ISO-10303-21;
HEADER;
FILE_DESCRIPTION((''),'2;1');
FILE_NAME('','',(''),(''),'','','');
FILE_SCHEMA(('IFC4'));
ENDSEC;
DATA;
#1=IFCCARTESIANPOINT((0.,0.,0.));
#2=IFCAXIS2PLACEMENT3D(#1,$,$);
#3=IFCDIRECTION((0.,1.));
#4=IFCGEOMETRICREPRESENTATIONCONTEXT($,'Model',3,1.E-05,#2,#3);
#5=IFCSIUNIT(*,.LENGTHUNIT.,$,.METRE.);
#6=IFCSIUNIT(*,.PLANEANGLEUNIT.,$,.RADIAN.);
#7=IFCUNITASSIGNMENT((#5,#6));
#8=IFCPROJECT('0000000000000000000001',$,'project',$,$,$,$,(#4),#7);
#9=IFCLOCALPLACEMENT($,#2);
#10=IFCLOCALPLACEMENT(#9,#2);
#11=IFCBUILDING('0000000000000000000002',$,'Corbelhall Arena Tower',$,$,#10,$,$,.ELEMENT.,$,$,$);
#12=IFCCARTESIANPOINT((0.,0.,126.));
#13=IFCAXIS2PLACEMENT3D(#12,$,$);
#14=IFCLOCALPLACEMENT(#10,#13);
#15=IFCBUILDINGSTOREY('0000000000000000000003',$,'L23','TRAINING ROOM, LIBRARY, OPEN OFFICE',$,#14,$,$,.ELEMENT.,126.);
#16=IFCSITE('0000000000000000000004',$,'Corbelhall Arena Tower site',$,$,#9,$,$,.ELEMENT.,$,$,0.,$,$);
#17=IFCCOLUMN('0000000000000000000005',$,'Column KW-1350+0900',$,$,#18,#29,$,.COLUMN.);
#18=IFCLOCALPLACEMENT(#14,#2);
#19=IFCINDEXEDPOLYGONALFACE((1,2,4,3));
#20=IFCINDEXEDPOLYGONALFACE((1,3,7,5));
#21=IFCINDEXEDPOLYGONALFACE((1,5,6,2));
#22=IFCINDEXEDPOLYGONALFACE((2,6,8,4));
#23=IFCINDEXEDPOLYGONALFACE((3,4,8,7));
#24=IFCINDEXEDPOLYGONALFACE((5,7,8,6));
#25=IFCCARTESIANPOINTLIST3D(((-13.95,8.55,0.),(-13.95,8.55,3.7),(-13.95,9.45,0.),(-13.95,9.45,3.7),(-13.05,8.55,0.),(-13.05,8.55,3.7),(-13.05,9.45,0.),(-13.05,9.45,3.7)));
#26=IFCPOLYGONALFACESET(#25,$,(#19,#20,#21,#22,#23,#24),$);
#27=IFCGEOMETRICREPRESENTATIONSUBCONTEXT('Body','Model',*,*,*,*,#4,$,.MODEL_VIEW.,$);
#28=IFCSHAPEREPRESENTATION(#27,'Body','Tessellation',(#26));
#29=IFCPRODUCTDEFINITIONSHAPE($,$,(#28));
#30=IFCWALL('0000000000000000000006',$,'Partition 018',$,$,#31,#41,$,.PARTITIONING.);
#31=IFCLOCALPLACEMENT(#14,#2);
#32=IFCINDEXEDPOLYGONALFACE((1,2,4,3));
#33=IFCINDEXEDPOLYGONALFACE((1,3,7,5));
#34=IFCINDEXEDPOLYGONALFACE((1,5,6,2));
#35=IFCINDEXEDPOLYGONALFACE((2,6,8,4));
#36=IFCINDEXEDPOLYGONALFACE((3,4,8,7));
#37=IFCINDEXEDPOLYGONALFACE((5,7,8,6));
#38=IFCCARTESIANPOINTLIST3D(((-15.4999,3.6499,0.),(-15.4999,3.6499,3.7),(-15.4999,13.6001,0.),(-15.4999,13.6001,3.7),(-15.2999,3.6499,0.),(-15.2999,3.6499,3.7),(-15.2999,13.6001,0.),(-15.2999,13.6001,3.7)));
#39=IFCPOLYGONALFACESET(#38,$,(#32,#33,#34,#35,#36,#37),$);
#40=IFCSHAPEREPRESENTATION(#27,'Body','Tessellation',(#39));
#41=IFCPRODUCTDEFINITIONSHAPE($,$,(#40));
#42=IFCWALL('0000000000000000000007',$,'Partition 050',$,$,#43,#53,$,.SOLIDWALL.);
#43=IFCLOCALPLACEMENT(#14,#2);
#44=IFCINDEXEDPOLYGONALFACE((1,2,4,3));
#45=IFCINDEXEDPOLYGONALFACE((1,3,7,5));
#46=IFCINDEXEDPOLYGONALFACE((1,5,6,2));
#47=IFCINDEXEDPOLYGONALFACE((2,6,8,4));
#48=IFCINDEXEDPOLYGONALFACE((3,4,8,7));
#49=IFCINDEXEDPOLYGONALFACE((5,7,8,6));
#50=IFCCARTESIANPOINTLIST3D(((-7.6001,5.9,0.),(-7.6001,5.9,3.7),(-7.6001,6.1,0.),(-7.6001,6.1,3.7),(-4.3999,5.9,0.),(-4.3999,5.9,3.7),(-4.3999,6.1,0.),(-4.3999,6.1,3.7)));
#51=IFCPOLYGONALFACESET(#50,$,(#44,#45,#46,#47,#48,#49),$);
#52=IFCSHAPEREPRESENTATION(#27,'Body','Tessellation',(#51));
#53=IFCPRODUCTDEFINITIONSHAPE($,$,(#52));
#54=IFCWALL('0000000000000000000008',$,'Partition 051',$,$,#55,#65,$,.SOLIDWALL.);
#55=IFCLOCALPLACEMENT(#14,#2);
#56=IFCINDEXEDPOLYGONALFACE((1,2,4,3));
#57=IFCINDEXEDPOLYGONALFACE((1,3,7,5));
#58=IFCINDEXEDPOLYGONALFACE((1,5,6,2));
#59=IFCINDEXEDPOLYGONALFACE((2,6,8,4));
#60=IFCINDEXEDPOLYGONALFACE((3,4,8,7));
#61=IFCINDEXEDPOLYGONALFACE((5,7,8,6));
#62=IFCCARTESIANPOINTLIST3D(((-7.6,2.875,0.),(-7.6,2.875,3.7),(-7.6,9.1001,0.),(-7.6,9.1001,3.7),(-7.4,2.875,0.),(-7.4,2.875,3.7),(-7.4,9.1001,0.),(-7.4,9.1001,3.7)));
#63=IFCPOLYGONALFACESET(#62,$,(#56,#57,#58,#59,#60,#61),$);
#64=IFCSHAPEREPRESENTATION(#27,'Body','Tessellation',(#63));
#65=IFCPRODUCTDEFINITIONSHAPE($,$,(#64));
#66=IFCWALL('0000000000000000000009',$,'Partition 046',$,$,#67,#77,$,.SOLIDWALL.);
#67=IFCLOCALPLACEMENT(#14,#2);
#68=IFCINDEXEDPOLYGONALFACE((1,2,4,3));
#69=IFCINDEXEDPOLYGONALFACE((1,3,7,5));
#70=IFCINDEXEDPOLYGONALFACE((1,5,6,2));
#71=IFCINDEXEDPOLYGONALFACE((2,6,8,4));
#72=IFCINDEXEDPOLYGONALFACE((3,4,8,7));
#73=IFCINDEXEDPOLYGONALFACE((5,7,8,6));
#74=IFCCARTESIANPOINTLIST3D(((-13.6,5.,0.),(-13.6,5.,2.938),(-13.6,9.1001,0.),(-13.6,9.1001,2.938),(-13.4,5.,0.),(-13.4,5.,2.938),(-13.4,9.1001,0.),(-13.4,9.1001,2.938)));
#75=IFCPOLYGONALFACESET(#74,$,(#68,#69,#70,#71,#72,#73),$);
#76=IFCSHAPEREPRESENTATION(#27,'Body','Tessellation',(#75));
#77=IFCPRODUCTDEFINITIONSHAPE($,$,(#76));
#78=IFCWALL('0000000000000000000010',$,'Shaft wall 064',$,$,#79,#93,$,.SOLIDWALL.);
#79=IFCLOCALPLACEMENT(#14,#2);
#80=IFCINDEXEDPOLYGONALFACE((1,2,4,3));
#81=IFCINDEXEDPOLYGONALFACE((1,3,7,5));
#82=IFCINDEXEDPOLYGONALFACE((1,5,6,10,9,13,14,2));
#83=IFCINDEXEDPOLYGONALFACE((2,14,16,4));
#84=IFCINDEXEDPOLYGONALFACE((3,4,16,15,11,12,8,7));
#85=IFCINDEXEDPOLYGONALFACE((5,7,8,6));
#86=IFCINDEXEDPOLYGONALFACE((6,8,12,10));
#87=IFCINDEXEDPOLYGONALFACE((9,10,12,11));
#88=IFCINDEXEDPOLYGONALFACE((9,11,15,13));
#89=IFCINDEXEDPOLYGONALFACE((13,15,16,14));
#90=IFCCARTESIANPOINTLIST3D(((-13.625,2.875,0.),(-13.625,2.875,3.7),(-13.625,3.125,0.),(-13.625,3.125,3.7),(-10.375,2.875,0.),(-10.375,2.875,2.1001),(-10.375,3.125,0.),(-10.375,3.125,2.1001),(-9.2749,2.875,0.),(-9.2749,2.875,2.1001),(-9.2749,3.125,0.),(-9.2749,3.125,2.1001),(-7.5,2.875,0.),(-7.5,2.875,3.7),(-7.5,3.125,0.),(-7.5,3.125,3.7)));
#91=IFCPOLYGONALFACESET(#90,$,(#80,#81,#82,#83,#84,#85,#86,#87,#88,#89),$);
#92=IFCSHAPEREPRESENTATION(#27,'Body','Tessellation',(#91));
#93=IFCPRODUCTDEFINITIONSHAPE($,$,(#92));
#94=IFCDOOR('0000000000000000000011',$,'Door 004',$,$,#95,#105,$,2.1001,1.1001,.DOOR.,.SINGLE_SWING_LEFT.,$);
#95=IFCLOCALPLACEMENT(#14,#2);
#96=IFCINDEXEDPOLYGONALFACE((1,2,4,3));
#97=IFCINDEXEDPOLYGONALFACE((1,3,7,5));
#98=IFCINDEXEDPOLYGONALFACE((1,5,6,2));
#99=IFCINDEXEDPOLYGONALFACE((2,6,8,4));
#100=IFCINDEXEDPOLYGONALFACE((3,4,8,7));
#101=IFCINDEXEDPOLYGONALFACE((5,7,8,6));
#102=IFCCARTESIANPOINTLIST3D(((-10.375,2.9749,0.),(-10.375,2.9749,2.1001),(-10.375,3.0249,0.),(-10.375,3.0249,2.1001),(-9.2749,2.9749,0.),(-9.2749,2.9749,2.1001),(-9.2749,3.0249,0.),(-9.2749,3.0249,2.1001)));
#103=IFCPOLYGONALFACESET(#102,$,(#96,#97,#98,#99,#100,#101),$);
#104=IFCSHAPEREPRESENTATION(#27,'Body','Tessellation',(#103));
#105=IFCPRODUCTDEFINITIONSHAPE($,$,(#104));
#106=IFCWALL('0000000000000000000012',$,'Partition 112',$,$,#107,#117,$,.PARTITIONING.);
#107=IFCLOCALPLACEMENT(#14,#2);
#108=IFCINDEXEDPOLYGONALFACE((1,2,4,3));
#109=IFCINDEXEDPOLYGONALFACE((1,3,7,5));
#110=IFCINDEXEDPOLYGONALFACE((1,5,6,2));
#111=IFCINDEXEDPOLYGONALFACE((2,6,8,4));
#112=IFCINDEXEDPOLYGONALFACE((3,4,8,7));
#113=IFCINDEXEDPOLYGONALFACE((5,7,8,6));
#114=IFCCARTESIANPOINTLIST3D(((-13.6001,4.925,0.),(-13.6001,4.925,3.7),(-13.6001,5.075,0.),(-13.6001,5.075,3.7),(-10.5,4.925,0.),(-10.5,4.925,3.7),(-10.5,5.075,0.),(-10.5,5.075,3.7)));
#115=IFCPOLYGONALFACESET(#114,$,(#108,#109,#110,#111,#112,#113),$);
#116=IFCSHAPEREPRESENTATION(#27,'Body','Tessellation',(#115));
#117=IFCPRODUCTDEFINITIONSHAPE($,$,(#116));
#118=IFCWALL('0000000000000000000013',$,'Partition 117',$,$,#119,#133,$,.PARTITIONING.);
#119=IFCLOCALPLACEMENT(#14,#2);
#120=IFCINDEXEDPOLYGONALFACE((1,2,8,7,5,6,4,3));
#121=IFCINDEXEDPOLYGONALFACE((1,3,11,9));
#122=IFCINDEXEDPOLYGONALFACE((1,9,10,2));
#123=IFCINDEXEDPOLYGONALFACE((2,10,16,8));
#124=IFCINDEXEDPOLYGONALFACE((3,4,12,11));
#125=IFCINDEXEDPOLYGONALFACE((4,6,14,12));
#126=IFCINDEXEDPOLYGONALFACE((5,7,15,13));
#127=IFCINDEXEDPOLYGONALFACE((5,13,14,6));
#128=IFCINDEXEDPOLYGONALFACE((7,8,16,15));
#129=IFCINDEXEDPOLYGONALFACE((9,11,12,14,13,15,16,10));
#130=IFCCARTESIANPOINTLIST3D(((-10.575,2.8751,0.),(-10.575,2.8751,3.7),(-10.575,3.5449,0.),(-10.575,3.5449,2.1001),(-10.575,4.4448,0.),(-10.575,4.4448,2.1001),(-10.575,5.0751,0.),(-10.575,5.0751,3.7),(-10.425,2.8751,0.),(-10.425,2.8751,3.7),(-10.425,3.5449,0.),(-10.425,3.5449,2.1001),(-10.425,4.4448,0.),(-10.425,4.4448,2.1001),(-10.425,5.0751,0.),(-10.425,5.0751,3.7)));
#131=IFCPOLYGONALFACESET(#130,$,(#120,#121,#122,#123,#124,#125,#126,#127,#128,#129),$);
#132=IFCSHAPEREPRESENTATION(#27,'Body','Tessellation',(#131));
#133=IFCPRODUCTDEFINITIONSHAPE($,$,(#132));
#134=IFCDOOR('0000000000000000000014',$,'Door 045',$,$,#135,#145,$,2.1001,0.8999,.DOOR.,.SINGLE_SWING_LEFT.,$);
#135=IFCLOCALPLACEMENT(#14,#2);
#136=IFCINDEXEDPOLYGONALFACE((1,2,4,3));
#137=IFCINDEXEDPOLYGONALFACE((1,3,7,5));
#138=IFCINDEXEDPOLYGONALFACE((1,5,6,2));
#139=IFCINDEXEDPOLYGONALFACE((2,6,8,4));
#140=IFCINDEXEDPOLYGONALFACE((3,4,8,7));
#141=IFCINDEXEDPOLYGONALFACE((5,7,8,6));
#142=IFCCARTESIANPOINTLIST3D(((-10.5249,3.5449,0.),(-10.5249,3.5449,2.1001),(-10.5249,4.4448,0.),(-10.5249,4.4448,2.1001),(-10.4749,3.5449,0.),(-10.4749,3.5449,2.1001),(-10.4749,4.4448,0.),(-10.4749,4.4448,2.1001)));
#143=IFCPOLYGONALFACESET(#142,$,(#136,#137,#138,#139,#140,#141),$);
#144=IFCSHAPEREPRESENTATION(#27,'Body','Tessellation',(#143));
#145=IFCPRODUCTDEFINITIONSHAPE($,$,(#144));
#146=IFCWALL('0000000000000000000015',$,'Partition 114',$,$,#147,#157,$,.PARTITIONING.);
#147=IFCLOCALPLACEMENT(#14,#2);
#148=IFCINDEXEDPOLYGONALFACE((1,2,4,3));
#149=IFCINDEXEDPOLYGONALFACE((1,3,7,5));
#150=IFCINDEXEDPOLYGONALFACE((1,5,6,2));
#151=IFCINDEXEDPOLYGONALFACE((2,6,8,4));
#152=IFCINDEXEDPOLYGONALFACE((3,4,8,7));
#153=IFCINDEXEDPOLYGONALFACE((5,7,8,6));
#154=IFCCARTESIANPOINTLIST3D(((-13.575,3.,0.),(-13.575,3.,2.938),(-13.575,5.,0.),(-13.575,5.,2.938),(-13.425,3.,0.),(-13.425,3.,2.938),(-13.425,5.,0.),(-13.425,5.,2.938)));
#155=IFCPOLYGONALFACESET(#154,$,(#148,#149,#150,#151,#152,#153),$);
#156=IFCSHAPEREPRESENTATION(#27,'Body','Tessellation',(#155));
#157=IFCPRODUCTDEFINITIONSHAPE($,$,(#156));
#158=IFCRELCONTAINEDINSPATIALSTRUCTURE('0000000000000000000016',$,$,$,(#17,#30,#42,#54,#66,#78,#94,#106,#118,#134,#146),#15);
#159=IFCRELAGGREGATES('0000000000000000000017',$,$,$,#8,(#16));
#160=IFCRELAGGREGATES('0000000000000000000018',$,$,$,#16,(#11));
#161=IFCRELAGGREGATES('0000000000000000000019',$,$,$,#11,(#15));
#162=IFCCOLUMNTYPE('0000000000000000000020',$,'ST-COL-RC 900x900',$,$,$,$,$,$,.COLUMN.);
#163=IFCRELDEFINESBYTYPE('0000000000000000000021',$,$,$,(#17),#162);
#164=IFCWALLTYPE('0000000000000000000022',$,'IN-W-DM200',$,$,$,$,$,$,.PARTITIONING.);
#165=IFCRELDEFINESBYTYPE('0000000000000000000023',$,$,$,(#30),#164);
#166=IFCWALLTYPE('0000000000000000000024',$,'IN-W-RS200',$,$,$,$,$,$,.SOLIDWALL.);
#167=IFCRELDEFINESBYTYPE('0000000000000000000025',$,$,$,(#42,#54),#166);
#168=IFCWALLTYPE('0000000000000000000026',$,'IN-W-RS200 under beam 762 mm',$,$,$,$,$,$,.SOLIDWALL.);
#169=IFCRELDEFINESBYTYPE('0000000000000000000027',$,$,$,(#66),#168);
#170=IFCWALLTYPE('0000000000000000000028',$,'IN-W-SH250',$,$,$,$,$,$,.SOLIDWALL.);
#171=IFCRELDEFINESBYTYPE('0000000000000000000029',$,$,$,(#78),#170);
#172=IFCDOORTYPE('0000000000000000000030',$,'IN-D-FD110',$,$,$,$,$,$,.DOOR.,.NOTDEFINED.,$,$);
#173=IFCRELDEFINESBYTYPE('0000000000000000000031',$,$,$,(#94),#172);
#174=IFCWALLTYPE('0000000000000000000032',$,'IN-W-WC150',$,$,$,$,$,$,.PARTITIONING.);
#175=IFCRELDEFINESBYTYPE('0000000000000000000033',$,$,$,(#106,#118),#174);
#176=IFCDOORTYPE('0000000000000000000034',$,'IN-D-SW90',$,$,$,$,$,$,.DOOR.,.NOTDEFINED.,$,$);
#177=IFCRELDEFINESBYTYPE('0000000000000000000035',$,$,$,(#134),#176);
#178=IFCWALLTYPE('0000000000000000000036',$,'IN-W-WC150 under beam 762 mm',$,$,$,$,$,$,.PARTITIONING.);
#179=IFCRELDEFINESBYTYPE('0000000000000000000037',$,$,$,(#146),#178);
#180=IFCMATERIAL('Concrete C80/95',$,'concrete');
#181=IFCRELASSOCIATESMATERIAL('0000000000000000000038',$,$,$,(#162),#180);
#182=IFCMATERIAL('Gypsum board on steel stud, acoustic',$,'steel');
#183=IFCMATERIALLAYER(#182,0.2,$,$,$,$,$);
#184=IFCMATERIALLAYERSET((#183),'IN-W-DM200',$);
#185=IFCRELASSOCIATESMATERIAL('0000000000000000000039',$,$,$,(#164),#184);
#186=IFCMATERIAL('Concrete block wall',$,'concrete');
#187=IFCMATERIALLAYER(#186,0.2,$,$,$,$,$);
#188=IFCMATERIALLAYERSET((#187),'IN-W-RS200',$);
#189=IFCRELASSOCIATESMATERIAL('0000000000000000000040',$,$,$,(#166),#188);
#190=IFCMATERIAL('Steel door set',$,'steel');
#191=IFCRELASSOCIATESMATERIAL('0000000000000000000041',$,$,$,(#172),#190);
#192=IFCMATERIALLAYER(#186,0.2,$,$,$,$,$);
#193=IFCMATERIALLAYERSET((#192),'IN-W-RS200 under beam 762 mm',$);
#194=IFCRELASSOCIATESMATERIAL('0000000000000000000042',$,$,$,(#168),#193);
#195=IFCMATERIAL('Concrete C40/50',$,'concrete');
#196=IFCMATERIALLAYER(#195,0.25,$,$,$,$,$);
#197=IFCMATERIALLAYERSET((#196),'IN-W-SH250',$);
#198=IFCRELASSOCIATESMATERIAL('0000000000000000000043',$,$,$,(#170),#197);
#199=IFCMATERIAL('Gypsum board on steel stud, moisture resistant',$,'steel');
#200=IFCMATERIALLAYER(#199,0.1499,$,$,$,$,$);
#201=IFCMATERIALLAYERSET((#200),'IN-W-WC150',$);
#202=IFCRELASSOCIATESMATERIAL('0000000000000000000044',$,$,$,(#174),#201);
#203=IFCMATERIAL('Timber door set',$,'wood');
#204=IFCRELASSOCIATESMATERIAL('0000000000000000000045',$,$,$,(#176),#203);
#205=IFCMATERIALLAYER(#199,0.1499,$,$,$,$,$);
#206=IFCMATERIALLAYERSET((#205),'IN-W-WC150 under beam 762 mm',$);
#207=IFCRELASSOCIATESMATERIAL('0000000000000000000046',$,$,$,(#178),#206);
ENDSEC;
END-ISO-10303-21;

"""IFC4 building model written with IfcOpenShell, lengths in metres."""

from ifc_helpers import new_model, si_unit, direction, frame, frame_2d, origin, origin_2d, place, context, subcontext, project, spatial, rectangle, extrude, material, layer, layer_set, material_profile, profile_set, type_object, element, fill, save


model = new_model("IFC4")

# Units and contexts
model_context = context("Model", 3, precision=1e-05, world=origin(), true_north=direction((0.0, 1.0)))
body_context = subcontext(model_context, "Body", "Model", "MODEL_VIEW")
ifc_project = project(units=[si_unit("LENGTHUNIT", "METRE"), si_unit("PLANEANGLEUNIT", "RADIAN")], contexts=[model_context])

# Site, building, storey
site_placement = place(None, origin())
site = spatial("IfcSite", under=ifc_project, at=site_placement, Name="Corbelhall Arena Tower site", CompositionType="ELEMENT", RefElevation=0.0)
building_placement = place(site_placement, origin())
building = spatial("IfcBuilding", under=site, at=building_placement, Name="Corbelhall Arena Tower", CompositionType="ELEMENT")
storey_placement = place(building_placement, frame((0.0, 0.0, 126.0)))
storey = spatial("IfcBuildingStorey", under=building, at=storey_placement, Name="L23", Description="TRAINING ROOM, LIBRARY, OPEN OFFICE", CompositionType="ELEMENT", Elevation=126.0)

# Column
ifc_material_1 = material(Name="Concrete C80/95", Category="concrete")
ifc_material_profile = material_profile(ifc_material_1, rectangle(XDim=0.8999, YDim=0.8999, at=origin_2d()))
ifc_profile_set = profile_set([ifc_material_profile], Name="Concrete C80/95")
column_type = type_object("IfcColumnType", Name="ST-COL-RC 900x900", PredefinedType="COLUMN", material=ifc_profile_set)
column_placement = place(storey_placement, frame((-13.5, 9.0, 0.0), z_axis=(0.0, 0.0, 1.0), x_axis=(1.0, 0.0, 0.0)))
element("IfcColumn", 1, at=column_placement, inside=storey, type_object=column_type, Name="Column KW-1350+0900", PredefinedType="COLUMN", context=body_context, shape_type="SweptSolid", body=[
    extrude(rectangle(XDim=0.8999, YDim=0.8999, at=origin_2d()), origin(), (0.0, 0.0, 1.0), 3.7),
])

# Shared definitions
ifc_material_2 = material(Name="Gypsum board on steel stud, acoustic", Category="steel")
ifc_layer_1 = layer(ifc_material_2, 0.2)
ifc_layer_set_1 = layer_set([ifc_layer_1], Name="IN-W-DM200")
wall_type_1 = type_object("IfcWallType", Name="IN-W-DM200", PredefinedType="PARTITIONING", material=ifc_layer_set_1)
ifc_material_3 = material(Name="Steel door set", Category="steel")

# Wall
wall_1_placement = place(storey_placement, frame((-15.3999, 3.6499, 0.0), z_axis=(0.0, 0.0, 1.0), x_axis=(0.0, 1.0, 0.0)))
element("IfcWall", 2, at=wall_1_placement, inside=storey, type_object=wall_type_1, Name="Partition 018", PredefinedType="PARTITIONING", context=body_context, shape_type="SweptSolid", body=[
    extrude(rectangle(XDim=9.9502, YDim=0.2, at=frame_2d((4.9751, 0.0))), origin(), (0.0, 0.0, 1.0), 3.7),
])

# Shared definitions
ifc_material_4 = material(Name="Concrete block wall", Category="concrete")
ifc_layer_2 = layer(ifc_material_4, 0.2)
ifc_layer_set_2 = layer_set([ifc_layer_2], Name="IN-W-RS200")
wall_type_2 = type_object("IfcWallType", Name="IN-W-RS200", PredefinedType="SOLIDWALL", material=ifc_layer_set_2)
door_type_1 = type_object("IfcDoorType", Name="IN-D-FD110", OperationType="NOTDEFINED", PredefinedType="DOOR", material=ifc_material_3)

# Walls
wall_2_placement = place(storey_placement, frame((-7.6001, 6.0, 0.0), z_axis=(0.0, 0.0, 1.0), x_axis=(1.0, 0.0, 0.0)))
element("IfcWall", 3, at=wall_2_placement, inside=storey, type_object=wall_type_2, Name="Partition 050", PredefinedType="SOLIDWALL", context=body_context, shape_type="SweptSolid", body=[
    extrude(rectangle(XDim=3.2002, YDim=0.2, at=frame_2d((1.6001, 0.0))), origin(), (0.0, 0.0, 1.0), 3.7),
])
wall_3_placement = place(storey_placement, frame((-7.5, 2.875, 0.0), z_axis=(0.0, 0.0, 1.0), x_axis=(0.0, 1.0, 0.0)))
element("IfcWall", 4, at=wall_3_placement, inside=storey, type_object=wall_type_2, Name="Partition 051", PredefinedType="SOLIDWALL", context=body_context, shape_type="SweptSolid", body=[
    extrude(rectangle(XDim=6.2251, YDim=0.2, at=frame_2d((3.1125, 0.0))), origin(), (0.0, 0.0, 1.0), 3.7),
])
ifc_layer_3 = layer(ifc_material_4, 0.2)
ifc_layer_set_3 = layer_set([ifc_layer_3], Name="IN-W-RS200 under beam 762 mm")
wall_type_3 = type_object("IfcWallType", Name="IN-W-RS200 under beam 762 mm", PredefinedType="SOLIDWALL", material=ifc_layer_set_3)
wall_4_placement = place(storey_placement, frame((-13.5, 5.0, 0.0), z_axis=(0.0, 0.0, 1.0), x_axis=(0.0, 1.0, 0.0)))
element("IfcWall", 5, at=wall_4_placement, inside=storey, type_object=wall_type_3, Name="Partition 046", PredefinedType="SOLIDWALL", context=body_context, shape_type="SweptSolid", body=[
    extrude(rectangle(XDim=4.1001, YDim=0.2, at=frame_2d((2.05, 0.0))), origin(), (0.0, 0.0, 1.0), 2.938),
])

# Wall, opening, door
ifc_material_5 = material(Name="Concrete C40/50", Category="concrete")
ifc_layer_4 = layer(ifc_material_5, 0.25)
ifc_layer_set_4 = layer_set([ifc_layer_4], Name="IN-W-SH250")
wall_type_4 = type_object("IfcWallType", Name="IN-W-SH250", PredefinedType="SOLIDWALL", material=ifc_layer_set_4)
wall_5_placement = place(storey_placement, frame((-13.625, 3.0, 0.0), z_axis=(0.0, 0.0, 1.0), x_axis=(1.0, 0.0, 0.0)))
wall_5 = element("IfcWall", 6, at=wall_5_placement, inside=storey, type_object=wall_type_4, Name="Shaft wall 064", PredefinedType="SOLIDWALL", context=body_context, shape_type="SweptSolid", body=[
    extrude(rectangle(XDim=6.125, YDim=0.25, at=frame_2d((3.0625, 0.0))), origin(), (0.0, 0.0, 1.0), 3.7),
])
opening_1_placement = place(wall_5_placement, frame((3.25, 0.0, 0.0)))
opening_1 = element("IfcOpeningElement", 7, at=opening_1_placement, cuts=wall_5, PredefinedType="OPENING", context=body_context, shape_type="SweptSolid", body=[
    extrude(rectangle(XDim=1.1001, YDim=2.1001, at=frame_2d((0.55, 1.05))), frame((0.0, 0.125, 0.0), z_axis=(0.0, -1.0, 0.0), x_axis=(1.0, 0.0, 0.0)), (0.0, 0.0, 1.0), 0.25),
])
door_1_placement = place(opening_1_placement, origin())
door_1 = element("IfcDoor", 8, at=door_1_placement, inside=storey, type_object=door_type_1, Name="Door 004", OperationType="SINGLE_SWING_LEFT", OverallHeight=2.1001, OverallWidth=1.1001, PredefinedType="DOOR", context=body_context, shape_type="SweptSolid", body=[
    extrude(rectangle(XDim=1.1001, YDim=2.1001, at=frame_2d((0.55, 1.05))), frame((0.0, 0.0249, 0.0), z_axis=(0.0, -1.0, 0.0), x_axis=(1.0, 0.0, 0.0)), (0.0, 0.0, 1.0), 0.05),
])
fill(opening_1, door_1)

# Wall
ifc_material_6 = material(Name="Gypsum board on steel stud, moisture resistant", Category="steel")
ifc_layer_5 = layer(ifc_material_6, 0.1499)
ifc_layer_set_5 = layer_set([ifc_layer_5], Name="IN-W-WC150")
wall_type_5 = type_object("IfcWallType", Name="IN-W-WC150", PredefinedType="PARTITIONING", material=ifc_layer_set_5)
wall_6_placement = place(storey_placement, frame((-13.6001, 5.0, 0.0), z_axis=(0.0, 0.0, 1.0), x_axis=(1.0, 0.0, 0.0)))
element("IfcWall", 9, at=wall_6_placement, inside=storey, type_object=wall_type_5, Name="Partition 112", PredefinedType="PARTITIONING", context=body_context, shape_type="SweptSolid", body=[
    extrude(rectangle(XDim=3.1001, YDim=0.1499, at=frame_2d((1.55, 0.0))), origin(), (0.0, 0.0, 1.0), 3.7),
])

# Wall, opening, door
wall_7_placement = place(storey_placement, frame((-10.5, 2.875, 0.0), z_axis=(0.0, 0.0, 1.0), x_axis=(0.0, 1.0, 0.0)))
wall_7 = element("IfcWall", 10, at=wall_7_placement, inside=storey, type_object=wall_type_5, Name="Partition 117", PredefinedType="PARTITIONING", context=body_context, shape_type="SweptSolid", body=[
    extrude(rectangle(XDim=2.2, YDim=0.1499, at=frame_2d((1.1001, 0.0))), origin(), (0.0, 0.0, 1.0), 3.7),
])
opening_2_placement = place(wall_7_placement, frame((0.6699, 0.0, 0.0)))
opening_2 = element("IfcOpeningElement", 11, at=opening_2_placement, cuts=wall_7, PredefinedType="OPENING", context=body_context, shape_type="SweptSolid", body=[
    extrude(rectangle(XDim=0.8999, YDim=2.1001, at=frame_2d((0.45, 1.05))), frame((0.0, 0.075, 0.0), z_axis=(0.0, -1.0, 0.0), x_axis=(1.0, 0.0, 0.0)), (0.0, 0.0, 1.0), 0.1499),
])
ifc_material_7 = material(Name="Timber door set", Category="wood")
door_type_2 = type_object("IfcDoorType", Name="IN-D-SW90", OperationType="NOTDEFINED", PredefinedType="DOOR", material=ifc_material_7)
door_2_placement = place(opening_2_placement, origin())
door_2 = element("IfcDoor", 12, at=door_2_placement, inside=storey, type_object=door_type_2, Name="Door 045", OperationType="SINGLE_SWING_LEFT", OverallHeight=2.1001, OverallWidth=0.8999, PredefinedType="DOOR", context=body_context, shape_type="SweptSolid", body=[
    extrude(rectangle(XDim=0.8999, YDim=2.1001, at=frame_2d((0.45, 1.05))), frame((0.0, 0.0249, 0.0), z_axis=(0.0, -1.0, 0.0), x_axis=(1.0, 0.0, 0.0)), (0.0, 0.0, 1.0), 0.05),
])
fill(opening_2, door_2)

# Wall
ifc_layer_6 = layer(ifc_material_6, 0.1499)
ifc_layer_set_6 = layer_set([ifc_layer_6], Name="IN-W-WC150 under beam 762 mm")
wall_type_6 = type_object("IfcWallType", Name="IN-W-WC150 under beam 762 mm", PredefinedType="PARTITIONING", material=ifc_layer_set_6)
wall_8_placement = place(storey_placement, frame((-13.5, 3.0, 0.0), z_axis=(0.0, 0.0, 1.0), x_axis=(0.0, 1.0, 0.0)))
element("IfcWall", 13, at=wall_8_placement, inside=storey, type_object=wall_type_6, Name="Partition 114", PredefinedType="PARTITIONING", context=body_context, shape_type="SweptSolid", body=[
    extrude(rectangle(XDim=2.0, YDim=0.1499, at=frame_2d((1.0, 0.0))), origin(), (0.0, 0.0, 1.0), 2.938),
])

save(model, "model.ifc")
